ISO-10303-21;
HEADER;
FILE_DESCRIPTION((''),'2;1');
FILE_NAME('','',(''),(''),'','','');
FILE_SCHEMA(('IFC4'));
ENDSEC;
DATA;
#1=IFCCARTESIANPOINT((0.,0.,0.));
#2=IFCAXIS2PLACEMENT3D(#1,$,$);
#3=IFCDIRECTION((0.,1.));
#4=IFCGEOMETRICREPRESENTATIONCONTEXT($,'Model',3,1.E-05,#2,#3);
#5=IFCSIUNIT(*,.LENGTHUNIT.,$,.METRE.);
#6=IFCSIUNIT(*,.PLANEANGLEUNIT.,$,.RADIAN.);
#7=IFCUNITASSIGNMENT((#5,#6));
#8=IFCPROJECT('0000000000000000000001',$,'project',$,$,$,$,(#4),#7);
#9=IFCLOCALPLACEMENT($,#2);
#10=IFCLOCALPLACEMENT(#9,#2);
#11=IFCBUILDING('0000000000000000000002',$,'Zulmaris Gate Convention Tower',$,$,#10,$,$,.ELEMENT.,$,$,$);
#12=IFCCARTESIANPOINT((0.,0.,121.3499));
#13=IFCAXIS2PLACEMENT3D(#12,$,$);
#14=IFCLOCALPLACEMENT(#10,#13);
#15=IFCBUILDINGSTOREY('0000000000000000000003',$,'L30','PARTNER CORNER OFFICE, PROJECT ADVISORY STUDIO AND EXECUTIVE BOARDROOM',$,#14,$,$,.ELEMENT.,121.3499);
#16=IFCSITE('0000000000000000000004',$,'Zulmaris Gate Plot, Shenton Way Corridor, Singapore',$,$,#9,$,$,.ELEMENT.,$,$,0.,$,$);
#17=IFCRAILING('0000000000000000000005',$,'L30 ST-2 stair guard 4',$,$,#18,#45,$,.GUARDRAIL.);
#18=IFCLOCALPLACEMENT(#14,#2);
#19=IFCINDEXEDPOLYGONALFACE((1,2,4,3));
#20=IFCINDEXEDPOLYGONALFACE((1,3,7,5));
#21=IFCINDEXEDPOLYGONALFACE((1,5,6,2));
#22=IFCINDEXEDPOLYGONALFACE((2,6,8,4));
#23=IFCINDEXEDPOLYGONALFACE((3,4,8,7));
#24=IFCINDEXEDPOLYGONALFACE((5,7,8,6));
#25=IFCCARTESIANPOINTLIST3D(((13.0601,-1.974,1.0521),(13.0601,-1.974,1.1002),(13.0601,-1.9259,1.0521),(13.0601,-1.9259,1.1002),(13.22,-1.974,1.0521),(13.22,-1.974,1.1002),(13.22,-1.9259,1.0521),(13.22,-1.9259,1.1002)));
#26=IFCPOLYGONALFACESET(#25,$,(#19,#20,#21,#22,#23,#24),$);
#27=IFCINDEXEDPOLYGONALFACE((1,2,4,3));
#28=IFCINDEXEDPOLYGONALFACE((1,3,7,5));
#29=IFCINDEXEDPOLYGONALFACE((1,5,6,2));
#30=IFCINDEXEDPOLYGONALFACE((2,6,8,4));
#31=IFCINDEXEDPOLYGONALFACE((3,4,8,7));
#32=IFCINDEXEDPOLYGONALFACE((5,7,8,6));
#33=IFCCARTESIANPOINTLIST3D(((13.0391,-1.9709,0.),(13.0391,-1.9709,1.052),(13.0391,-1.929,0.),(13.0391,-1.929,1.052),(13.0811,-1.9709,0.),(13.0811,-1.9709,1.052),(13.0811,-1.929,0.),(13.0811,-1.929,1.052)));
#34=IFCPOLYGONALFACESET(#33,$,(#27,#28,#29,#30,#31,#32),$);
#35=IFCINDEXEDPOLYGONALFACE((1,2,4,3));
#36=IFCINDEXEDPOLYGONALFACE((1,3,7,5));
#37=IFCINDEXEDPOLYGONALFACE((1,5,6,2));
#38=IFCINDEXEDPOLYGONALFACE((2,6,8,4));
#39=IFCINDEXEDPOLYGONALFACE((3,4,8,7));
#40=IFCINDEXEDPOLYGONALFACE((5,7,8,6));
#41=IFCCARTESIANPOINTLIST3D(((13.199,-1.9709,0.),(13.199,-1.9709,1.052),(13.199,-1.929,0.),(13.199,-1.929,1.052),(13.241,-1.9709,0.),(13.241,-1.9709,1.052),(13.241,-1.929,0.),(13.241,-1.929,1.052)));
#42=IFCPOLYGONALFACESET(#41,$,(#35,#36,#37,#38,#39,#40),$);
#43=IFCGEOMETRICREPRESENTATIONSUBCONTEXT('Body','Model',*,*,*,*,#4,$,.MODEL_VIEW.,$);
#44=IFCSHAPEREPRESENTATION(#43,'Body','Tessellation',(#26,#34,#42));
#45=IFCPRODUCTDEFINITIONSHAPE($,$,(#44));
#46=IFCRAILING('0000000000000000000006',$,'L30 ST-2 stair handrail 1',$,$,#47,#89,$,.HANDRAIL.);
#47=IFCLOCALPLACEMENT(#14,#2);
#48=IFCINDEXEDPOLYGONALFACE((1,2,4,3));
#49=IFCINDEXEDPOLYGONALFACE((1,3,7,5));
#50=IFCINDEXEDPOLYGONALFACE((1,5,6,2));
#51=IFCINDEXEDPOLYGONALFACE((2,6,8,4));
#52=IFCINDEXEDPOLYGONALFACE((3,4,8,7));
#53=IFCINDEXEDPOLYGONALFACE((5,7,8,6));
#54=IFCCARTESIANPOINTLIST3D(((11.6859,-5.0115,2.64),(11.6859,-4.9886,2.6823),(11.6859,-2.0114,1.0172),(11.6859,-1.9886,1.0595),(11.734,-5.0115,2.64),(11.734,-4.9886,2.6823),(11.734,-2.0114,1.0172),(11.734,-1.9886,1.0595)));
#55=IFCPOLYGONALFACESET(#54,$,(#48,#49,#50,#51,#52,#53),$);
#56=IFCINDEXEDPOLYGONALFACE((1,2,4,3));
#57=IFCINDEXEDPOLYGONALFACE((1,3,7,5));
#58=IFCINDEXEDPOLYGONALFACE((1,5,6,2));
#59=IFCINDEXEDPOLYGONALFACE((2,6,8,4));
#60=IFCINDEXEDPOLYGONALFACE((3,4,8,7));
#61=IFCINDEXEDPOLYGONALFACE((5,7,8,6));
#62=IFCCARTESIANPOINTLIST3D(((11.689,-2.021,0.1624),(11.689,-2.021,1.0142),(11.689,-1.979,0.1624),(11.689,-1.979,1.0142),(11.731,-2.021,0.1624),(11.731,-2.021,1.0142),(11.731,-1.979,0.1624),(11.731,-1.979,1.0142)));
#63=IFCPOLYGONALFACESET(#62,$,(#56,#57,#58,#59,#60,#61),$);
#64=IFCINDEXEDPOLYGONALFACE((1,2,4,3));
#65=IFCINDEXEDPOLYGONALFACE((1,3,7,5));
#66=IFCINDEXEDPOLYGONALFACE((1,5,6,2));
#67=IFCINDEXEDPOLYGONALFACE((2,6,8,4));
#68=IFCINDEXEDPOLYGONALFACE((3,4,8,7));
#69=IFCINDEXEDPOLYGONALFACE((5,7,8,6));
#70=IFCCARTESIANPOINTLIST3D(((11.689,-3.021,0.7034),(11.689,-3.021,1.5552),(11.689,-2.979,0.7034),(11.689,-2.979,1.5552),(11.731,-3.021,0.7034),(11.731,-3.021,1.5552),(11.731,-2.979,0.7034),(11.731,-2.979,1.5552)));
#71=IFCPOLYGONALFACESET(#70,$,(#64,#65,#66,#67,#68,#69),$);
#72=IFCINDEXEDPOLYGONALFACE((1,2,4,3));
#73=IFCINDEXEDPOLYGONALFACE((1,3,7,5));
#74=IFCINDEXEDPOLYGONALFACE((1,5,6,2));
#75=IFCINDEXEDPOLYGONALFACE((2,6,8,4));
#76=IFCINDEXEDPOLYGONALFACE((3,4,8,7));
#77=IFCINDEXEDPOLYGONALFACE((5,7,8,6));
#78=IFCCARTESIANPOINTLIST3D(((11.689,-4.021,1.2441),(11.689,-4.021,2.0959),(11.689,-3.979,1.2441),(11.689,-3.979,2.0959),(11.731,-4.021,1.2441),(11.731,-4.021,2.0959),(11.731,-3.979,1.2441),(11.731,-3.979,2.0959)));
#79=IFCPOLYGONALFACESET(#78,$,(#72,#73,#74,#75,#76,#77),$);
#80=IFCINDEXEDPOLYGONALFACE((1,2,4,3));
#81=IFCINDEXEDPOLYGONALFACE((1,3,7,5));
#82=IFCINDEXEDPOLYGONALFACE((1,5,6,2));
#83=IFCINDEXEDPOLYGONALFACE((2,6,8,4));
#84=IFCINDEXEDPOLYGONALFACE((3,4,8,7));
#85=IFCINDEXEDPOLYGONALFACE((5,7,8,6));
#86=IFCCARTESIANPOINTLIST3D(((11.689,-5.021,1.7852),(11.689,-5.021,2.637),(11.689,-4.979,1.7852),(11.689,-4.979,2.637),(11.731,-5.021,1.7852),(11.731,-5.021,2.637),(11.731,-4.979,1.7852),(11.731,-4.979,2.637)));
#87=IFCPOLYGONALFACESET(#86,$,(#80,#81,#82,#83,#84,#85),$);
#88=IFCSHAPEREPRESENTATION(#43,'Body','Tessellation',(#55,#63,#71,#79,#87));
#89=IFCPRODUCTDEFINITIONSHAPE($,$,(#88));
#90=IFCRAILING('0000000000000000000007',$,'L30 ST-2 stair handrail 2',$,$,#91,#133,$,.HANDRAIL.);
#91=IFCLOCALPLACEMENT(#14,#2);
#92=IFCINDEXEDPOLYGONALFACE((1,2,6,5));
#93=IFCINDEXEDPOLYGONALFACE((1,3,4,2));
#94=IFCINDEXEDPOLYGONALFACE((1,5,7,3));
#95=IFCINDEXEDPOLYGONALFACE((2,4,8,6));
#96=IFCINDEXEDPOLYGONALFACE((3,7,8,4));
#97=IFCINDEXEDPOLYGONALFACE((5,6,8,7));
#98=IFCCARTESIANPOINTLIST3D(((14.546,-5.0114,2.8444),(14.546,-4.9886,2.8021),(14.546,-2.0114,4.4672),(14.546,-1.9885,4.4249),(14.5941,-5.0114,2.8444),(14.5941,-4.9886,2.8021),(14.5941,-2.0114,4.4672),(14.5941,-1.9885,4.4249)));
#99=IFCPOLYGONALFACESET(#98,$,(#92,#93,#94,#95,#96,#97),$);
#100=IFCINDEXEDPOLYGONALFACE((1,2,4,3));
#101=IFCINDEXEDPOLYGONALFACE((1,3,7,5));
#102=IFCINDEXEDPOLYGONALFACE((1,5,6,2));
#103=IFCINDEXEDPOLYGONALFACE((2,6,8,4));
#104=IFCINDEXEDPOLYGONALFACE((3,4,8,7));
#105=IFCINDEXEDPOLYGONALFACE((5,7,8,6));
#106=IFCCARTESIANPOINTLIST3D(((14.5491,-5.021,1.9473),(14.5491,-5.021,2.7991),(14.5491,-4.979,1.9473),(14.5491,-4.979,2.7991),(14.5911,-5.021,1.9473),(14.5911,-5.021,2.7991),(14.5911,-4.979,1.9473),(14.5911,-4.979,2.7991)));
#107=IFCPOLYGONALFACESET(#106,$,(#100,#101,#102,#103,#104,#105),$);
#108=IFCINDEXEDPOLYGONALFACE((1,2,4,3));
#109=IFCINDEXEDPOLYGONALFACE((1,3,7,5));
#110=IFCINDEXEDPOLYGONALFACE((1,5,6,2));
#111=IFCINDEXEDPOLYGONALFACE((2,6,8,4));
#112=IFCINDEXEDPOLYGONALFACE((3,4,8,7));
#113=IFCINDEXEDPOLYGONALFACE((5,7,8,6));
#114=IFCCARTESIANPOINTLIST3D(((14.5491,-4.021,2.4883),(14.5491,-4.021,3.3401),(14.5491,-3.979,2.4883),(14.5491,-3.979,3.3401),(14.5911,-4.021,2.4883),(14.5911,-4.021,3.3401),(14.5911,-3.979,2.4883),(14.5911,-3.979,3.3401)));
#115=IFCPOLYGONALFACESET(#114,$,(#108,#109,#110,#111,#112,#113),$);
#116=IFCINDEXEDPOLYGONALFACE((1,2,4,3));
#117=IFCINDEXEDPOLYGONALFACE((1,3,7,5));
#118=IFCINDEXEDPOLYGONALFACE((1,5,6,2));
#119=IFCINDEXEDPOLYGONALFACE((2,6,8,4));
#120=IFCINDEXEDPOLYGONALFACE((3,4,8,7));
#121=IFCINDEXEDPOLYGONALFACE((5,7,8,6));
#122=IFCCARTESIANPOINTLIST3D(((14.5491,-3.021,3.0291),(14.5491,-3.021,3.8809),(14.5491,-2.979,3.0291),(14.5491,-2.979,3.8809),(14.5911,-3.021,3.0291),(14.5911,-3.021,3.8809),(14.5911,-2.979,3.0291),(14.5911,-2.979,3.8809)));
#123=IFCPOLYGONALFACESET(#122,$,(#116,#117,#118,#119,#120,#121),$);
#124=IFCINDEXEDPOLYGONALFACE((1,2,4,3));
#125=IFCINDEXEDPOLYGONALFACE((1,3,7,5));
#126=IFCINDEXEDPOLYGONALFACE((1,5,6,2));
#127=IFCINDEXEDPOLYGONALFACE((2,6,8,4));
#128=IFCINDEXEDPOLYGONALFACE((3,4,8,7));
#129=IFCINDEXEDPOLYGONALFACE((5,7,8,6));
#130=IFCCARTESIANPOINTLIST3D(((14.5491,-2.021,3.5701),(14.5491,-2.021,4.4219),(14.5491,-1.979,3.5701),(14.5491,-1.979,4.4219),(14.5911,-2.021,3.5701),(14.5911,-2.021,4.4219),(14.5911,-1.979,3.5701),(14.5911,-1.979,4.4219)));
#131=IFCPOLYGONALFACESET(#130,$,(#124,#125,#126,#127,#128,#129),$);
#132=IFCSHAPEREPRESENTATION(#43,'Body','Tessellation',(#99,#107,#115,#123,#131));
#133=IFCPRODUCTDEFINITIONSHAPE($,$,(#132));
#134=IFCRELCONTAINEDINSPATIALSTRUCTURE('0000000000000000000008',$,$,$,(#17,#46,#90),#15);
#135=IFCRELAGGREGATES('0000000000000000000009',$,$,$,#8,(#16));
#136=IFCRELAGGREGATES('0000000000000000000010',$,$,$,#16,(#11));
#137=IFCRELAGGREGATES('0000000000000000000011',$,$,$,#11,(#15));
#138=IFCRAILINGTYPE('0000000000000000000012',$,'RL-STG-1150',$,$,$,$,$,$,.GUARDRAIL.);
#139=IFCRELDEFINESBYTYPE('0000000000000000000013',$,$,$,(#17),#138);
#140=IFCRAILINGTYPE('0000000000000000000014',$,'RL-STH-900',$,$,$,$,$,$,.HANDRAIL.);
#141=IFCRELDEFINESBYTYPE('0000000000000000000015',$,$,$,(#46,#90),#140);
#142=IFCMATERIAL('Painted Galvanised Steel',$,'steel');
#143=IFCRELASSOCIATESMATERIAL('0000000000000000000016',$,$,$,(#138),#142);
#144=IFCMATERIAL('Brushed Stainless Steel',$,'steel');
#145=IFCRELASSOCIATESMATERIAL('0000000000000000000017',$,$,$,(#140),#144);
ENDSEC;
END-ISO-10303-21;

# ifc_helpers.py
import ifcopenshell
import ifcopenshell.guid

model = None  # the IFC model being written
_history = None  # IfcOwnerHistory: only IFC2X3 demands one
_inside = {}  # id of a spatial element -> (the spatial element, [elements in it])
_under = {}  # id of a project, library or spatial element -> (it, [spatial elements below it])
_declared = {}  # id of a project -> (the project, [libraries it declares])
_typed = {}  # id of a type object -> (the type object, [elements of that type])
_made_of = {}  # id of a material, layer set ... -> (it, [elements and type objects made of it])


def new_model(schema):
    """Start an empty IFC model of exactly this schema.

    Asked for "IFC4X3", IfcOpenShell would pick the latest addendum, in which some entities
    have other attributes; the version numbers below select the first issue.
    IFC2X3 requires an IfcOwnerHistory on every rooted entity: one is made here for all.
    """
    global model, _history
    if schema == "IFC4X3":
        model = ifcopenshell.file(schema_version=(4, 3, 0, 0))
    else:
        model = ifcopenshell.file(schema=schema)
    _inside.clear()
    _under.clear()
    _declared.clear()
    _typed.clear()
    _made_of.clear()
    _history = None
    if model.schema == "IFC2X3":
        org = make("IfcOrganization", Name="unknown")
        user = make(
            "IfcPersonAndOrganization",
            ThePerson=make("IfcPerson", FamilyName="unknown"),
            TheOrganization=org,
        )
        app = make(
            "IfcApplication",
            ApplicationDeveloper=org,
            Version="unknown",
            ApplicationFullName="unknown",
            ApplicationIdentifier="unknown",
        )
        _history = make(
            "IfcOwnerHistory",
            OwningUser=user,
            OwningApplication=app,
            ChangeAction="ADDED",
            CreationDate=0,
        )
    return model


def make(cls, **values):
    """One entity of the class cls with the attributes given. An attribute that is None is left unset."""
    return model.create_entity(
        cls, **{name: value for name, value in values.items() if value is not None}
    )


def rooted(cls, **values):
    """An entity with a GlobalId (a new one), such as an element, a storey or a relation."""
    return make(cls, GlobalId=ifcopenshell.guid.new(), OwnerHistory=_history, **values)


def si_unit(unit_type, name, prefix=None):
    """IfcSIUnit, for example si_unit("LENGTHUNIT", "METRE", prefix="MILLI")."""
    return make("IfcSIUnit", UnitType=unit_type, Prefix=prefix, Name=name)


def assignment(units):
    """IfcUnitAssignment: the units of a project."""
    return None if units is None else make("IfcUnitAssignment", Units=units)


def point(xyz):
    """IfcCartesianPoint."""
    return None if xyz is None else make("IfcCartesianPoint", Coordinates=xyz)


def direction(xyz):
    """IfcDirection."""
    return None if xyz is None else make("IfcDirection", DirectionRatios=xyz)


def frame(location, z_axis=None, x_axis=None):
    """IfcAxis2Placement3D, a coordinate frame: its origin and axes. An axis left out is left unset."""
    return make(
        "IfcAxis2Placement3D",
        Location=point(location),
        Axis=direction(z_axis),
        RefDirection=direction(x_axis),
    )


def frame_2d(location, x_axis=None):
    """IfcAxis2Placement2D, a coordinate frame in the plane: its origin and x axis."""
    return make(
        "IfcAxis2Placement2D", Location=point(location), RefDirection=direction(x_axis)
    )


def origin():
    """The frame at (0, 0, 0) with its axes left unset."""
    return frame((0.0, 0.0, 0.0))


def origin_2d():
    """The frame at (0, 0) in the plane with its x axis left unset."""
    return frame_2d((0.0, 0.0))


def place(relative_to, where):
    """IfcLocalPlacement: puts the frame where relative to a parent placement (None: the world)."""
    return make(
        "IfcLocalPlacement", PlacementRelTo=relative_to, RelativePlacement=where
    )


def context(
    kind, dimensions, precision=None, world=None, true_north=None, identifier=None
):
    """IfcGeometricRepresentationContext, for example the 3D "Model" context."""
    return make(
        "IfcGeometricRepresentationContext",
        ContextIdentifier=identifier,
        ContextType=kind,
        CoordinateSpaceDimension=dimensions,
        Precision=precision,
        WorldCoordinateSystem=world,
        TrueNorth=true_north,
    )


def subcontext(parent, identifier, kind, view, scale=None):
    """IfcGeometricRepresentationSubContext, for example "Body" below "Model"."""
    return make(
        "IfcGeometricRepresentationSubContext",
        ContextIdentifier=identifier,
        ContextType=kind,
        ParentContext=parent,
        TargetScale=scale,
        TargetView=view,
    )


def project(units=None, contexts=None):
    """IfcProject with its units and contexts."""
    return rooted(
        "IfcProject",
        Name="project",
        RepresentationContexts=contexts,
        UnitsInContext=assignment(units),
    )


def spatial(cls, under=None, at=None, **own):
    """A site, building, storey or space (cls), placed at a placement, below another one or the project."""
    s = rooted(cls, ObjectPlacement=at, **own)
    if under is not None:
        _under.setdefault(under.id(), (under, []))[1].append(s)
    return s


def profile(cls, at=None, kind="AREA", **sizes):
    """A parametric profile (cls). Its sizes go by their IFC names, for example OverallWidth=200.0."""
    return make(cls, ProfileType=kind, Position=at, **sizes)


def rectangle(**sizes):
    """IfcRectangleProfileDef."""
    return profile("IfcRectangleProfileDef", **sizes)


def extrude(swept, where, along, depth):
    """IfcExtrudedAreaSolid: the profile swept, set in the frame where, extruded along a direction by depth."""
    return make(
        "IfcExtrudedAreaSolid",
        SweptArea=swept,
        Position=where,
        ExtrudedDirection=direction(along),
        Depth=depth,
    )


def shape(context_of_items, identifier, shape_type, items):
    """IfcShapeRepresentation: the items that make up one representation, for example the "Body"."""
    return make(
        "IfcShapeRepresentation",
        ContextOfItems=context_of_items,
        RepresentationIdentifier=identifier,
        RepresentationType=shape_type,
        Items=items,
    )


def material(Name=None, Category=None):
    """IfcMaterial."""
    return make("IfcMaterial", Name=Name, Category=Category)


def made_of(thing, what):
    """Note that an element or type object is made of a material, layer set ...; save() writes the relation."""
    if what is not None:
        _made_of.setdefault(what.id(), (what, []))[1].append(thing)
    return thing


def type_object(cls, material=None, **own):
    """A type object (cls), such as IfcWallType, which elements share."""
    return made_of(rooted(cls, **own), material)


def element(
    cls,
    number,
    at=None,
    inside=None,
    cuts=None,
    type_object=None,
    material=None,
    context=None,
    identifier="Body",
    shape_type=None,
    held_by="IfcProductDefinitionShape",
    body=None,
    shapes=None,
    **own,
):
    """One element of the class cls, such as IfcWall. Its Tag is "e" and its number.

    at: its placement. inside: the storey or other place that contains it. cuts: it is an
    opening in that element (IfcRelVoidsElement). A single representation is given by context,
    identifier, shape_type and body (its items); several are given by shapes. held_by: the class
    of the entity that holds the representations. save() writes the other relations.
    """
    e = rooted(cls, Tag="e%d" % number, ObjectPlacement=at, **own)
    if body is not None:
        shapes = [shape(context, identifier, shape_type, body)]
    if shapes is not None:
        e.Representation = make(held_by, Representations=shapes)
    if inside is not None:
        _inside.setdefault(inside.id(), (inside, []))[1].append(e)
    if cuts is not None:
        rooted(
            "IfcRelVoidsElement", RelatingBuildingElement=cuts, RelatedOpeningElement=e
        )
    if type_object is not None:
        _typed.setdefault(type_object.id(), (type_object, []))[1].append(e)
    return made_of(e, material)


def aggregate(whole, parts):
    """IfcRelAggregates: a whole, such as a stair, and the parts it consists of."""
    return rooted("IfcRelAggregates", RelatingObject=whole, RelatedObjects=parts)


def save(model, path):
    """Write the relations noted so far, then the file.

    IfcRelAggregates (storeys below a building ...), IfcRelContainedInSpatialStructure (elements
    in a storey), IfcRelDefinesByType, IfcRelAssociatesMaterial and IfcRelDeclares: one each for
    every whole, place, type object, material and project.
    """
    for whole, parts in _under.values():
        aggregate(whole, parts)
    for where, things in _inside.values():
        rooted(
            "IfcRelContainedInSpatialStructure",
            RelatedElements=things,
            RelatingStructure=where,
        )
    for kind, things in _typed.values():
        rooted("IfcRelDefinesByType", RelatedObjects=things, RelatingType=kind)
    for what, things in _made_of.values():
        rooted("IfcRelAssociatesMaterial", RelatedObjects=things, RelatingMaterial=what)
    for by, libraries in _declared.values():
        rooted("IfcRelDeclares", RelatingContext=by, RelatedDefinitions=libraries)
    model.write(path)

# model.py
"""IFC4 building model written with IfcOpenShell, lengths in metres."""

from ifc_helpers import new_model, si_unit, direction, frame, origin, origin_2d, place, context, subcontext, project, spatial, rectangle, extrude, material, type_object, element, save


model = new_model("IFC4")

# Units and contexts
model_context = context("Model", 3, precision=1e-05, world=origin(), true_north=direction((0.0, 1.0)))
body_context = subcontext(model_context, "Body", "Model", "MODEL_VIEW")
ifc_project = project(units=[si_unit("LENGTHUNIT", "METRE"), si_unit("PLANEANGLEUNIT", "RADIAN")], contexts=[model_context])

# Site, building, storey
site_placement = place(None, origin())
site = spatial("IfcSite", under=ifc_project, at=site_placement, Name="Zulmaris Gate Plot, Shenton Way Corridor, Singapore", CompositionType="ELEMENT", RefElevation=0.0)
building_placement = place(site_placement, origin())
building = spatial("IfcBuilding", under=site, at=building_placement, Name="Zulmaris Gate Convention Tower", CompositionType="ELEMENT")
storey_placement = place(building_placement, frame((0.0, 0.0, 121.3499)))
storey = spatial("IfcBuildingStorey", under=building, at=storey_placement, Name="L30", Description="PARTNER CORNER OFFICE, PROJECT ADVISORY STUDIO AND EXECUTIVE BOARDROOM", CompositionType="ELEMENT", Elevation=121.3499)

# Railings
ifc_material_1 = material(Name="Painted Galvanised Steel", Category="steel")
railing_type_1 = type_object("IfcRailingType", Name="RL-STG-1150", PredefinedType="GUARDRAIL", material=ifc_material_1)
railing_1_placement = place(storey_placement, frame((13.0601, -1.95, 0.0)))
element("IfcRailing", 1, at=railing_1_placement, inside=storey, type_object=railing_type_1, Name="L30 ST-2 stair guard 4", PredefinedType="GUARDRAIL", context=body_context, shape_type="SweptSolid", body=[
    extrude(rectangle(XDim=0.0481, YDim=0.0481, at=origin_2d()), frame((0.0, 0.0, 1.0762), z_axis=(1.0, 0.0, 0.0), x_axis=(0.0, 1.0, 0.0)), (0.0, 0.0, 1.0), 0.1599),
    extrude(rectangle(XDim=0.042, YDim=0.042, at=origin_2d()), origin(), (0.0, 0.0, 1.0), 1.052),
    extrude(rectangle(XDim=0.042, YDim=0.042, at=origin_2d()), frame((0.1599, 0.0, 0.0)), (0.0, 0.0, 1.0), 1.052),
])
ifc_material_2 = material(Name="Brushed Stainless Steel", Category="steel")
railing_type_2 = type_object("IfcRailingType", Name="RL-STH-900", PredefinedType="HANDRAIL", material=ifc_material_2)
railing_2_placement = place(storey_placement, frame((11.71, -2.0, 0.1624)))
element("IfcRailing", 2, at=railing_2_placement, inside=storey, type_object=railing_type_2, Name="L30 ST-2 stair handrail 1", PredefinedType="HANDRAIL", context=body_context, shape_type="SweptSolid", body=[
    extrude(rectangle(XDim=0.0481, YDim=0.0481, at=origin_2d()), frame((0.0, 0.0, 0.876), z_axis=(0.0, -0.879562, 0.475785), x_axis=(1.0, 0.0, 0.0)), (0.0, 0.0, 1.0), 3.4109),
    extrude(rectangle(XDim=0.042, YDim=0.042, at=origin_2d()), origin(), (0.0, 0.0, 1.0), 0.8518),
    extrude(rectangle(XDim=0.042, YDim=0.042, at=origin_2d()), frame((0.0, -1.0, 0.541)), (0.0, 0.0, 1.0), 0.8518),
    extrude(rectangle(XDim=0.042, YDim=0.042, at=origin_2d()), frame((0.0, -2.0, 1.0818)), (0.0, 0.0, 1.0), 0.8518),
    extrude(rectangle(XDim=0.042, YDim=0.042, at=origin_2d()), frame((0.0, -3.0, 1.6228)), (0.0, 0.0, 1.0), 0.8518),
])
railing_3_placement = place(storey_placement, frame((14.5701, -5.0, 1.9473)))
element("IfcRailing", 3, at=railing_3_placement, inside=storey, type_object=railing_type_2, Name="L30 ST-2 stair handrail 2", PredefinedType="HANDRAIL", context=body_context, shape_type="SweptSolid", body=[
    extrude(rectangle(XDim=0.0481, YDim=0.0481, at=origin_2d()), frame((0.0, 0.0, 0.876), z_axis=(0.0, 0.879562, 0.475785), x_axis=(-1.0, 0.0, 0.0)), (0.0, 0.0, 1.0), 3.4109),
    extrude(rectangle(XDim=0.042, YDim=0.042, at=origin_2d()), origin(), (0.0, 0.0, 1.0), 0.8518),
    extrude(rectangle(XDim=0.042, YDim=0.042, at=origin_2d()), frame((0.0, 1.0, 0.541)), (0.0, 0.0, 1.0), 0.8518),
    extrude(rectangle(XDim=0.042, YDim=0.042, at=origin_2d()), frame((0.0, 2.0, 1.0818)), (0.0, 0.0, 1.0), 0.8518),
    extrude(rectangle(XDim=0.042, YDim=0.042, at=origin_2d()), frame((0.0, 3.0, 1.6228)), (0.0, 0.0, 1.0), 0.8518),
])

save(model, "model.ifc")
